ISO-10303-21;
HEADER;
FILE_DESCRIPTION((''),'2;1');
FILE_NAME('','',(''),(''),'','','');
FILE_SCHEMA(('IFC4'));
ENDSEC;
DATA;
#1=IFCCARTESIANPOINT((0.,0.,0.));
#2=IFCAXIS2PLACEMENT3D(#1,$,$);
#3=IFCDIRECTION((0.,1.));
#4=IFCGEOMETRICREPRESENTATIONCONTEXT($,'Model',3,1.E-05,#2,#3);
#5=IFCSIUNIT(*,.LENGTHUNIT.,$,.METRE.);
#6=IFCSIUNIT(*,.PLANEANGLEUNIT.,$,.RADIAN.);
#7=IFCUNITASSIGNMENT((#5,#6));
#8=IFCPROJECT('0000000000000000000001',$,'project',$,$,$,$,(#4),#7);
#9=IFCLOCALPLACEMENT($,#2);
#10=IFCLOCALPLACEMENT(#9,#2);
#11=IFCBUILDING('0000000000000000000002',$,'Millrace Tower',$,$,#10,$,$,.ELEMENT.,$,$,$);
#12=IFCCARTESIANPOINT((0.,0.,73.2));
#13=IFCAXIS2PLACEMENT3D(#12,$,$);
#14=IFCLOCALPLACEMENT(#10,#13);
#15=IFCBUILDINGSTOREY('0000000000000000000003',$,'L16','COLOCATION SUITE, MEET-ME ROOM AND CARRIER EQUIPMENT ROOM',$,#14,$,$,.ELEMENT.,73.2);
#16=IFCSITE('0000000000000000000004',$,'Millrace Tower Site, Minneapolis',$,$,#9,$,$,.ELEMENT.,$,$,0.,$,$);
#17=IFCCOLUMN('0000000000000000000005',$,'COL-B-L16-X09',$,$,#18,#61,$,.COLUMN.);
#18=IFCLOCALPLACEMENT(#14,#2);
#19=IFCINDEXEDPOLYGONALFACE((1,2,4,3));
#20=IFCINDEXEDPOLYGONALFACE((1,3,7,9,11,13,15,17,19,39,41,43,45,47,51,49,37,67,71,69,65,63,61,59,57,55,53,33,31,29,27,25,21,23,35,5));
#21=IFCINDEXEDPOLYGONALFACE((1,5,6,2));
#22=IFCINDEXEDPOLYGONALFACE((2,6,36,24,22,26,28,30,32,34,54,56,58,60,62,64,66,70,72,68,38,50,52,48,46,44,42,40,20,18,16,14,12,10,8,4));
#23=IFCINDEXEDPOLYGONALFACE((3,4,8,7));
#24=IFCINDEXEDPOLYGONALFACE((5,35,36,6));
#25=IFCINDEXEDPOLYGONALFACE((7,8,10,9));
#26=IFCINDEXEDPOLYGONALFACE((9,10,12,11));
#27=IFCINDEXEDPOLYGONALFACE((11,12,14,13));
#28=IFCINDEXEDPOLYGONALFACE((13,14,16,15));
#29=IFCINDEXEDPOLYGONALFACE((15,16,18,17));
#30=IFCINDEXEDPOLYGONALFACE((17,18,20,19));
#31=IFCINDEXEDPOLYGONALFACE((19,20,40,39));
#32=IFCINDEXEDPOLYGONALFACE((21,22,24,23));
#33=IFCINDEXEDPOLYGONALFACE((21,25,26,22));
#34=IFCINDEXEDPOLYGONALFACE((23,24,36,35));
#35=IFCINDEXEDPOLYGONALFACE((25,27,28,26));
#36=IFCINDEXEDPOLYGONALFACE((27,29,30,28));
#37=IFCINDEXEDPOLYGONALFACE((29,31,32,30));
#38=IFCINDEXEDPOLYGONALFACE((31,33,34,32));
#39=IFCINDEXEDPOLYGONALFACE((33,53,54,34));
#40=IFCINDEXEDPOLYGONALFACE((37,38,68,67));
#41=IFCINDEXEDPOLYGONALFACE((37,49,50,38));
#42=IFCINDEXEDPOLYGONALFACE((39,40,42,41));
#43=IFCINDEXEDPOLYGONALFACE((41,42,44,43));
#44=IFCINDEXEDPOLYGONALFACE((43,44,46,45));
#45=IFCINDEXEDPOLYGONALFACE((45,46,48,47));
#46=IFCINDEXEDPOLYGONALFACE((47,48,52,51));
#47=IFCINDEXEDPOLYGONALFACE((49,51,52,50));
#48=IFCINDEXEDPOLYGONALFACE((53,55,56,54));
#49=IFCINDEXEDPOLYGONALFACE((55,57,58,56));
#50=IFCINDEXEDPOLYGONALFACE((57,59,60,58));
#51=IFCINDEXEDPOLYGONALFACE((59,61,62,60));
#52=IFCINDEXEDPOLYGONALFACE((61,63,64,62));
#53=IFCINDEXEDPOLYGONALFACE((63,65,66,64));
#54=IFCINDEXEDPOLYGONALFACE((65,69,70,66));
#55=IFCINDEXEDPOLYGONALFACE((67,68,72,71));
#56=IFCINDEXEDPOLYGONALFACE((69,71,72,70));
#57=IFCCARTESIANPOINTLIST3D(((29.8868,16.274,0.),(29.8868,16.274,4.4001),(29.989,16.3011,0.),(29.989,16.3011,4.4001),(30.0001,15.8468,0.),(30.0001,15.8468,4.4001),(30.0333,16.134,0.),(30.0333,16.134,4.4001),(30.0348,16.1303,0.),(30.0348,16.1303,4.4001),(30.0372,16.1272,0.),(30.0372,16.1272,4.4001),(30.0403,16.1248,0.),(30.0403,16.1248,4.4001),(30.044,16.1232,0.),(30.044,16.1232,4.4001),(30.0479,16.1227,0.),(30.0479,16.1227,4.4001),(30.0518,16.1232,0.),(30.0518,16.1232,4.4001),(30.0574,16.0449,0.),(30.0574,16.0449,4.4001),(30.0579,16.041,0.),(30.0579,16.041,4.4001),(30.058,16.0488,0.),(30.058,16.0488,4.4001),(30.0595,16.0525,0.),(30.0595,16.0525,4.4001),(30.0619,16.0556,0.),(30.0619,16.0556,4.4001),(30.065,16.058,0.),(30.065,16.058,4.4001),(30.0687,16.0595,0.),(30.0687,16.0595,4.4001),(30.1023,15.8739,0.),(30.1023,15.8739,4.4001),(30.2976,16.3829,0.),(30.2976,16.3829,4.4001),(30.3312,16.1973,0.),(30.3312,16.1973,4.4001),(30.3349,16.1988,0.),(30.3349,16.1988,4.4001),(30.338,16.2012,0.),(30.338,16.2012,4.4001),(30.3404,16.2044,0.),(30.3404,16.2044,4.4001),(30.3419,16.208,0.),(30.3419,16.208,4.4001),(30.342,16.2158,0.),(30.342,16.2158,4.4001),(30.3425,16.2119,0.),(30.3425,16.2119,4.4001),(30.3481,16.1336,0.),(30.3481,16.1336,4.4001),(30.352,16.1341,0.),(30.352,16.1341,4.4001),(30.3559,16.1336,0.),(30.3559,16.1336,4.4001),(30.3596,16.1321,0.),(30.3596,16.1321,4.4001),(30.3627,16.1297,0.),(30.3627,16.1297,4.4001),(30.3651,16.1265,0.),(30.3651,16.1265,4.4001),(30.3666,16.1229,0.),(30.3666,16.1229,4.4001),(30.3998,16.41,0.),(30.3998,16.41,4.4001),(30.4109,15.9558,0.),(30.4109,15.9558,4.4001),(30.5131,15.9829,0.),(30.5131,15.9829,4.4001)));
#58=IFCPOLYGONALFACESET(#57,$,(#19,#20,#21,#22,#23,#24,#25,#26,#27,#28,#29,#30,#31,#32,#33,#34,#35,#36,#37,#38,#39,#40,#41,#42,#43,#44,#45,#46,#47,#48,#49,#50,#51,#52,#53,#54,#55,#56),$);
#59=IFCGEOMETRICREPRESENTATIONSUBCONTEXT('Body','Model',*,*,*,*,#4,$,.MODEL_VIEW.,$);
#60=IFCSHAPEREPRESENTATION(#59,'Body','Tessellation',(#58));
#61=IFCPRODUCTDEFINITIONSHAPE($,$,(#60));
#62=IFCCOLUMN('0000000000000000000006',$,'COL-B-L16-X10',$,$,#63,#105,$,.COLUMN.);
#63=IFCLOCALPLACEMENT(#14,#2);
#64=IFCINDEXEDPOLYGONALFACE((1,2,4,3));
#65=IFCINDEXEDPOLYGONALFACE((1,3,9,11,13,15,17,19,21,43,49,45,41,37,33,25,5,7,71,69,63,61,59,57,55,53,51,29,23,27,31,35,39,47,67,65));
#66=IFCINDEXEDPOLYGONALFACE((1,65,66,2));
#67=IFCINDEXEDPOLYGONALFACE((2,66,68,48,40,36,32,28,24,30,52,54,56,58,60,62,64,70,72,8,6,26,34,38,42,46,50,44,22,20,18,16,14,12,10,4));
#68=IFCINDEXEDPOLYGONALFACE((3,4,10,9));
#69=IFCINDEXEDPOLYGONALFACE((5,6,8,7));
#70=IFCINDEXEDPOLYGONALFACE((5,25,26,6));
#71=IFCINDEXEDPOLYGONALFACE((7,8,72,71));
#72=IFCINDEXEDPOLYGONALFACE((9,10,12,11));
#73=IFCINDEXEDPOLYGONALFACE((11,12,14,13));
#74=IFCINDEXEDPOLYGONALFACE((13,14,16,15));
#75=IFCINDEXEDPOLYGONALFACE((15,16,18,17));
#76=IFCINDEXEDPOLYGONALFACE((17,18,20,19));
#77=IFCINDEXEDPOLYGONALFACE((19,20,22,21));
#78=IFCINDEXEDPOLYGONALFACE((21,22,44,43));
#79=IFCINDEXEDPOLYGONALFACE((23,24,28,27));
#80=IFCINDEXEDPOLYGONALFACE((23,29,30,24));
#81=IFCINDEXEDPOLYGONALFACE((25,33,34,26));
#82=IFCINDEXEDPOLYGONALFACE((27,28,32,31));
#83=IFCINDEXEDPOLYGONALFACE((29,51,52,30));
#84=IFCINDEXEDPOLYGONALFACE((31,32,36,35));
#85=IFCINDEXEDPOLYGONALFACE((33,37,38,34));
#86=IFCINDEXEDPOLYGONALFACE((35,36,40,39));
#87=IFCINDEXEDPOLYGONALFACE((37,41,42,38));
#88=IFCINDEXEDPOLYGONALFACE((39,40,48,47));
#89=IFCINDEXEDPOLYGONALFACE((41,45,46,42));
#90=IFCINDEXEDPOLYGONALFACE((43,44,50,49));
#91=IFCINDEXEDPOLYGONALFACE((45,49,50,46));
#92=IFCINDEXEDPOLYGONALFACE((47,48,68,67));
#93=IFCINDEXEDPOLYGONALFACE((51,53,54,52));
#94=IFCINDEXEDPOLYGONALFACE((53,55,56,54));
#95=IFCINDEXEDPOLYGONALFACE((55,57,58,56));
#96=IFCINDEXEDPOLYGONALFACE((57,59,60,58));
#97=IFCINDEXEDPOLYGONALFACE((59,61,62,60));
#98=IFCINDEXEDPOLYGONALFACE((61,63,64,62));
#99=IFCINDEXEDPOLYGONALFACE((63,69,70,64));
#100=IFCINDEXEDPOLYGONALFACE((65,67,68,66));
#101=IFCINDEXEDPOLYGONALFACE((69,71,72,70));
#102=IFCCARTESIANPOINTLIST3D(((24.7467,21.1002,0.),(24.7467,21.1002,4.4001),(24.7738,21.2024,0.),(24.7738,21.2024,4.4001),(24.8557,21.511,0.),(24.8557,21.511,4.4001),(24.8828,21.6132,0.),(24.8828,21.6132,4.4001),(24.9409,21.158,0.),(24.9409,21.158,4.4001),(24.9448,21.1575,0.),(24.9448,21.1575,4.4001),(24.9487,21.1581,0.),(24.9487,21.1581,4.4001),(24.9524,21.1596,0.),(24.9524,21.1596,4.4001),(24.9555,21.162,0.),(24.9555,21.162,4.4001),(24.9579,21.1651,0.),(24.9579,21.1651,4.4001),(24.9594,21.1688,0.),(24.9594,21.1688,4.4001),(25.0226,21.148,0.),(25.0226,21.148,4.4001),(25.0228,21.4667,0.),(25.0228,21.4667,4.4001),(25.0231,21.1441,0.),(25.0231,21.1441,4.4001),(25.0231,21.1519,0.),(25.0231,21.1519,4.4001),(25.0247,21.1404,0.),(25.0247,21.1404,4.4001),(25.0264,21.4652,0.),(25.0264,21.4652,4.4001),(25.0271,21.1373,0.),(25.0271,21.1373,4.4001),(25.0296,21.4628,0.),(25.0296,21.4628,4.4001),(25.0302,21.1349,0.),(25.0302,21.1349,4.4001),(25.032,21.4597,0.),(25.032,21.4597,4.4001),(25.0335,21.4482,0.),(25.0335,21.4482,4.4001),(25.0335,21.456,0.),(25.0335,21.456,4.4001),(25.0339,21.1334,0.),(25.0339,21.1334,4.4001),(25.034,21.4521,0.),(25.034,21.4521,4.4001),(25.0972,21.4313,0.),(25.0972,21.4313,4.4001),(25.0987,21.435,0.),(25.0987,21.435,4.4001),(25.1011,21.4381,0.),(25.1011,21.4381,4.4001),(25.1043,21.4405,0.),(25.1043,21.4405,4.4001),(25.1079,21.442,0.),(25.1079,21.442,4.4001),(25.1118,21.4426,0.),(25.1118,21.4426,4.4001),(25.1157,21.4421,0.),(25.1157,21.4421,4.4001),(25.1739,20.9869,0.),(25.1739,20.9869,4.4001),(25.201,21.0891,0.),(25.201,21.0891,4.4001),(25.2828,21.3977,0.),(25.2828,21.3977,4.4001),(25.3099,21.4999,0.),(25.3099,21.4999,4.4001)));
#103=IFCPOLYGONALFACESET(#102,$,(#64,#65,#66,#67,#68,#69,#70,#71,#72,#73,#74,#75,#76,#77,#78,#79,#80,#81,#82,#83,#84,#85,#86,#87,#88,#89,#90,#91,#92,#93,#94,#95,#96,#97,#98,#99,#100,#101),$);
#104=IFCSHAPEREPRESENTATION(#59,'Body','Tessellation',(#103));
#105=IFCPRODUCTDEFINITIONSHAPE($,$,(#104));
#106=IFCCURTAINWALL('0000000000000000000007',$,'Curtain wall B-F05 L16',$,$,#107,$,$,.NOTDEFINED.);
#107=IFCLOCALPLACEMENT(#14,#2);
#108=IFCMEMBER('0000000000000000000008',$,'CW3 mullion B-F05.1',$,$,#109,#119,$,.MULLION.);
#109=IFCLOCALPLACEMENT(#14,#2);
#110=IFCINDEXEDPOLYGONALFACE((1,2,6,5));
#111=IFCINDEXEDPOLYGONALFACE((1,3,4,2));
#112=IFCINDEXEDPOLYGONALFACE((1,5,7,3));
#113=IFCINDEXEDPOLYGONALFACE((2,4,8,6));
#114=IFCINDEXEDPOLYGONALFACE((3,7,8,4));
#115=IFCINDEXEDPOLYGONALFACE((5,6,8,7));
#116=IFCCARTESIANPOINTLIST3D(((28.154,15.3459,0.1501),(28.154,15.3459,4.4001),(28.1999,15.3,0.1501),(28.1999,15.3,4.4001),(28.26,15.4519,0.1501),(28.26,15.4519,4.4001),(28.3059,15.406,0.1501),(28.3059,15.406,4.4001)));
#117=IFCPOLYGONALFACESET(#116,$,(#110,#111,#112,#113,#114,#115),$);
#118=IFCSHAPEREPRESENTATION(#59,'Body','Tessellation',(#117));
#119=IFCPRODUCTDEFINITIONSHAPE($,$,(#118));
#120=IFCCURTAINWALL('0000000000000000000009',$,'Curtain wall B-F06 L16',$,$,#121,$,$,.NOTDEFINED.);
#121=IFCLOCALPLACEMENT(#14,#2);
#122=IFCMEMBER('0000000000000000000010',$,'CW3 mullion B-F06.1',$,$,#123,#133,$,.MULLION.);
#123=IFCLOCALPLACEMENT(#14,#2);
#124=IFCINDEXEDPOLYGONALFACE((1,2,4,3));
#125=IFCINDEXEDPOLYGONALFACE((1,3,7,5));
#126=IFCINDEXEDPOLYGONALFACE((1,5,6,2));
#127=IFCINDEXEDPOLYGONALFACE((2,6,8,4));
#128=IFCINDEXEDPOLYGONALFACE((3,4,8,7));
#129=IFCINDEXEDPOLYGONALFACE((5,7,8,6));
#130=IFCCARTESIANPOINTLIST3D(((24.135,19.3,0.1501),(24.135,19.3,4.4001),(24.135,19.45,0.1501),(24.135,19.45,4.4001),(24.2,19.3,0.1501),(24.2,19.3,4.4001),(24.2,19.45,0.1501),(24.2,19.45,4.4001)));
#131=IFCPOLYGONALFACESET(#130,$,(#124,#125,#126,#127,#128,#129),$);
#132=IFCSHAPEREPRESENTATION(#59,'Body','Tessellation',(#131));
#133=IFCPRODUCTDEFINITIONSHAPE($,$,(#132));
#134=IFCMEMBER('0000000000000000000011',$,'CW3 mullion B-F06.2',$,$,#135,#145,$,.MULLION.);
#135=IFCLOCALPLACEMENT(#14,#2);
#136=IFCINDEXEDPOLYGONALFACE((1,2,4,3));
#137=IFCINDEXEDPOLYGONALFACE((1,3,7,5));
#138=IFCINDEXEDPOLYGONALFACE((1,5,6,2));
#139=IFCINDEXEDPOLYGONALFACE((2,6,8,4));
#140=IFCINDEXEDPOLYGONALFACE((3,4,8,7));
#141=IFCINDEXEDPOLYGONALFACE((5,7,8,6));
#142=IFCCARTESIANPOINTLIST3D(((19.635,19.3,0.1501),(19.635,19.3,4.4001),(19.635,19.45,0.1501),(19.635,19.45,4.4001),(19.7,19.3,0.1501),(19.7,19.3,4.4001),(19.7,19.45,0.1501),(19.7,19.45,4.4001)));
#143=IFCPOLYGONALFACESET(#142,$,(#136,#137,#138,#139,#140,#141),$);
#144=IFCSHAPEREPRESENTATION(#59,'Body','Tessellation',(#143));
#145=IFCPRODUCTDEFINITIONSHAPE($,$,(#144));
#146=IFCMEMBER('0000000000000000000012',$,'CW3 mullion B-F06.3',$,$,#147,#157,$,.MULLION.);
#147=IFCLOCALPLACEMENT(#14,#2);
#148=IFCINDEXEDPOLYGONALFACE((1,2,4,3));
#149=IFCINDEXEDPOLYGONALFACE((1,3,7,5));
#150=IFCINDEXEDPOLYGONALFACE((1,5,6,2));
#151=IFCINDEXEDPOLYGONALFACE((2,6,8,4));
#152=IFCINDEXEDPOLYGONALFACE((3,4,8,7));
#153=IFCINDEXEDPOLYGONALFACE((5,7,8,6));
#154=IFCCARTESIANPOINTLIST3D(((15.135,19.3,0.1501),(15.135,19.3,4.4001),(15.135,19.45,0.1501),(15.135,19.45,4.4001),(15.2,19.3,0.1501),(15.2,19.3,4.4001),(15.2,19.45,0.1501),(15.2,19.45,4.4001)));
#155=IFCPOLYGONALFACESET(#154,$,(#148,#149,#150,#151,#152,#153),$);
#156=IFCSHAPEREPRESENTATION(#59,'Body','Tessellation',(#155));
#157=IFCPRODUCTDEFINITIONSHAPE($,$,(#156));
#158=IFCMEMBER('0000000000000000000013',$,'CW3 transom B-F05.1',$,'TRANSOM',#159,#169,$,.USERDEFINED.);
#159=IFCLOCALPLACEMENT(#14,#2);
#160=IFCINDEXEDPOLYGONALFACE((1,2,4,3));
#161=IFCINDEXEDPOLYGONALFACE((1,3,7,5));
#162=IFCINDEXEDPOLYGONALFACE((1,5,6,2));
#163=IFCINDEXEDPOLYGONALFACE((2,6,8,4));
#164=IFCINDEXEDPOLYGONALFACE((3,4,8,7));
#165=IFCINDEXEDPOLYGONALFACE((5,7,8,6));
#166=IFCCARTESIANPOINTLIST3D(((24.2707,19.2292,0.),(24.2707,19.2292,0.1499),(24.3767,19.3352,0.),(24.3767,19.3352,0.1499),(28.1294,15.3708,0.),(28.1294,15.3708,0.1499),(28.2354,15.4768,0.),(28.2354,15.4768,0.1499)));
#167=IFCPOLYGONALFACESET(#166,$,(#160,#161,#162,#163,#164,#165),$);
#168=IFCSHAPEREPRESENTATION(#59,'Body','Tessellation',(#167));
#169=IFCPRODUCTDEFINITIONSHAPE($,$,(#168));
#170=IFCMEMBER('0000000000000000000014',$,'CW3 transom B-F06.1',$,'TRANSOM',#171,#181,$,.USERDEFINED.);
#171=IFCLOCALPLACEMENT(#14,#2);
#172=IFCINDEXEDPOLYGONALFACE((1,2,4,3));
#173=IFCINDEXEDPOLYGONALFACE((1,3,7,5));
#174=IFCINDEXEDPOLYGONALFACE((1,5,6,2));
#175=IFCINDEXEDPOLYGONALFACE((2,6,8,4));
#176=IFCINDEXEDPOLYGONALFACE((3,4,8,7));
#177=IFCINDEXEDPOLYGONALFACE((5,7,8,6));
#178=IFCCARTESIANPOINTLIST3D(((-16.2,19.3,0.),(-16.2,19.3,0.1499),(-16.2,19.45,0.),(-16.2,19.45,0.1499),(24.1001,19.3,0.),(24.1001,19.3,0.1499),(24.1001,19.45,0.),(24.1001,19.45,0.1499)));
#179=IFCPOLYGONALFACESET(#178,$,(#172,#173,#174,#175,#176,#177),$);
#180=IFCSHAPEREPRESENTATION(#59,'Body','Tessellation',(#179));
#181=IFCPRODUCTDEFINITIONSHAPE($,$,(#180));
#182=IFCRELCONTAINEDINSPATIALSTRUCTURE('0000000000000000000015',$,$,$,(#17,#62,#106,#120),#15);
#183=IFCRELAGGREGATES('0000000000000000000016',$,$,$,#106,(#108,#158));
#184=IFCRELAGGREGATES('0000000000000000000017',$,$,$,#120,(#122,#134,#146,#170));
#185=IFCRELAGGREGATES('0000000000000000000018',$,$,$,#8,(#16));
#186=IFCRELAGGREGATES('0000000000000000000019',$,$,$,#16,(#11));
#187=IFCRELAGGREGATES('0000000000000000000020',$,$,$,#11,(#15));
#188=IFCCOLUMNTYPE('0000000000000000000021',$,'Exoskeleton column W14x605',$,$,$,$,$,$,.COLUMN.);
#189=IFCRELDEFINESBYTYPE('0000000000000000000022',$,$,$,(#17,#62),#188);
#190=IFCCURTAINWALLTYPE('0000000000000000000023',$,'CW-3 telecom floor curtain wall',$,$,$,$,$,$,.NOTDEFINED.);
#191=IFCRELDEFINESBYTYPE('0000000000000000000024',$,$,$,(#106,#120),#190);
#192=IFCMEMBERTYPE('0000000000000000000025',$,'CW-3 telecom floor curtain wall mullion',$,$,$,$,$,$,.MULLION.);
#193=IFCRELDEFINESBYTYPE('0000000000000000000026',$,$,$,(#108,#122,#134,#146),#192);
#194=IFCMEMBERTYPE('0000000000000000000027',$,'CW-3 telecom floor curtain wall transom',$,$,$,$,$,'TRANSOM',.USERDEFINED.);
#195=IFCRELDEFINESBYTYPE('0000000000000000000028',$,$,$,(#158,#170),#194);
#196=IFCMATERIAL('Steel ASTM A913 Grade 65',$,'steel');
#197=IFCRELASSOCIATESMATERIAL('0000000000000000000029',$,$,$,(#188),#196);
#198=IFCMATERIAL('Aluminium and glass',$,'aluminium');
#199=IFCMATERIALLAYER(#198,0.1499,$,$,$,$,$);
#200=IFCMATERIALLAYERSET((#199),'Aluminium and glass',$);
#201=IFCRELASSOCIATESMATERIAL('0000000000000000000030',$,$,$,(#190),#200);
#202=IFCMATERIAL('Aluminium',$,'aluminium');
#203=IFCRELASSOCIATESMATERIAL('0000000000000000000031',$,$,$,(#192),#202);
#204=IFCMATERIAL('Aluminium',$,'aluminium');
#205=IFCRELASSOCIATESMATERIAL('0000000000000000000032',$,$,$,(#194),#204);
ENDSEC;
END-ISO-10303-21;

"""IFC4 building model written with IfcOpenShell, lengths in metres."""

from ifc_helpers import new_model, si_unit, direction, frame, origin, origin_2d, place, context, subcontext, project, spatial, rectangle, i_section, extrude, material, layer, layer_set, material_profile, profile_set, type_object, element, aggregate, save


model = new_model("IFC4")

# Units and contexts
model_context = context("Model", 3, precision=1e-05, world=origin(), true_north=direction((0.0, 1.0)))
body_context = subcontext(model_context, "Body", "Model", "MODEL_VIEW")
ifc_project = project(units=[si_unit("LENGTHUNIT", "METRE"), si_unit("PLANEANGLEUNIT", "RADIAN")], contexts=[model_context])

# Site, building, storey
site_placement = place(None, origin())
site = spatial("IfcSite", under=ifc_project, at=site_placement, Name="Millrace Tower Site, Minneapolis", CompositionType="ELEMENT", RefElevation=0.0)
building_placement = place(site_placement, origin())
building = spatial("IfcBuilding", under=site, at=building_placement, Name="Millrace Tower", CompositionType="ELEMENT")
storey_placement = place(building_placement, frame((0.0, 0.0, 73.2)))
storey = spatial("IfcBuildingStorey", under=building, at=storey_placement, Name="L16", Description="COLOCATION SUITE, MEET-ME ROOM AND CARRIER EQUIPMENT ROOM", CompositionType="ELEMENT", Elevation=73.2)

# Columns
ifc_material_1 = material(Name="Steel ASTM A913 Grade 65", Category="steel")
ifc_material_profile_1 = material_profile(ifc_material_1, i_section(OverallWidth=0.4419, OverallDepth=0.5308, WebThickness=0.0659, FlangeThickness=0.1057, FilletRadius=0.0151, at=origin_2d()))
ifc_profile_set_1 = profile_set([ifc_material_profile_1], Name="Steel ASTM A913 Grade 65")
column_type = type_object("IfcColumnType", Name="Exoskeleton column W14x605", PredefinedType="COLUMN", material=ifc_profile_set_1)
for number, where, z_axis, x_axis, name in (
    (1, (30.2, 16.1284, 0.0), (0.0, 0.0, 1.0), (-0.256347, 0.966585, 0.0), "COL-B-L16-X09"),
    (2, (25.0283, 21.3, 0.0), (0.0, 0.0, 1.0), (-0.966585, 0.256347, 0.0), "COL-B-L16-X10"),
):
    element("IfcColumn", number, at=place(storey_placement, frame(where, z_axis=z_axis, x_axis=x_axis)), inside=storey, type_object=column_type, Name=name, PredefinedType="COLUMN", context=body_context, shape_type="SweptSolid", body=[
        extrude(i_section(OverallWidth=0.4419, OverallDepth=0.5308, WebThickness=0.0659, FlangeThickness=0.1057, FilletRadius=0.0151, at=origin_2d()), origin(), (0.0, 0.0, 1.0), 4.4001),
    ])

# Curtain wall, member
ifc_material_2 = material(Name="Aluminium and glass", Category="aluminium")
ifc_layer_1 = layer(ifc_material_2, 0.1499)
ifc_layer_set_1 = layer_set([ifc_layer_1], Name="Aluminium and glass")
curtain_wall_type = type_object("IfcCurtainWallType", Name="CW-3 telecom floor curtain wall", PredefinedType="NOTDEFINED", material=ifc_layer_set_1)
placement = place(storey_placement, origin())
curtain_wall_1 = element("IfcCurtainWall", 3, at=placement, inside=storey, type_object=curtain_wall_type, Name="Curtain wall B-F05 L16", PredefinedType="NOTDEFINED")
ifc_material_3 = material(Name="Aluminium", Category="aluminium")
ifc_material_profile_2 = material_profile(ifc_material_3, rectangle(XDim=0.0649, YDim=0.1499, at=origin_2d()))
ifc_profile_set_2 = profile_set([ifc_material_profile_2], Name="Aluminium")
member_type_1 = type_object("IfcMemberType", Name="CW-3 telecom floor curtain wall mullion", PredefinedType="MULLION", material=ifc_profile_set_2)
member_1_placement = place(storey_placement, frame((28.23, 15.376, 0.1501), z_axis=(0.0, 0.0, 1.0), x_axis=(-0.707107, 0.707107, 0.0)))
member_1 = element("IfcMember", 4, at=member_1_placement, type_object=member_type_1, Name="CW3 mullion B-F05.1", PredefinedType="MULLION", context=body_context, shape_type="SweptSolid", body=[
    extrude(rectangle(XDim=0.0649, YDim=0.1499, at=origin_2d()), origin(), (0.0, 0.0, 1.0), 4.25),
])

# Curtain wall, members
curtain_wall_2 = element("IfcCurtainWall", 5, at=placement, inside=storey, type_object=curtain_wall_type, Name="Curtain wall B-F06 L16", PredefinedType="NOTDEFINED")
member_2_placement = place(storey_placement, frame((24.1675, 19.375, 0.1501), z_axis=(0.0, 0.0, 1.0), x_axis=(-1.0, 0.0, 0.0)))
member_2 = element("IfcMember", 6, at=member_2_placement, type_object=member_type_1, Name="CW3 mullion B-F06.1", PredefinedType="MULLION", context=body_context, shape_type="SweptSolid", body=[
    extrude(rectangle(XDim=0.0649, YDim=0.1499, at=origin_2d()), origin(), (0.0, 0.0, 1.0), 4.25),
])
member_3_placement = place(storey_placement, frame((19.6675, 19.375, 0.1501), z_axis=(0.0, 0.0, 1.0), x_axis=(-1.0, 0.0, 0.0)))
member_3 = element("IfcMember", 7, at=member_3_placement, type_object=member_type_1, Name="CW3 mullion B-F06.2", PredefinedType="MULLION", context=body_context, shape_type="SweptSolid", body=[
    extrude(rectangle(XDim=0.0649, YDim=0.1499, at=origin_2d()), origin(), (0.0, 0.0, 1.0), 4.25),
])
member_4_placement = place(storey_placement, frame((15.1675, 19.375, 0.1501), z_axis=(0.0, 0.0, 1.0), x_axis=(-1.0, 0.0, 0.0)))
member_4 = element("IfcMember", 8, at=member_4_placement, type_object=member_type_1, Name="CW3 mullion B-F06.3", PredefinedType="MULLION", context=body_context, shape_type="SweptSolid", body=[
    extrude(rectangle(XDim=0.0649, YDim=0.1499, at=origin_2d()), origin(), (0.0, 0.0, 1.0), 4.25),
])

# Members
ifc_material_4 = material(Name="Aluminium", Category="aluminium")
ifc_material_profile_3 = material_profile(ifc_material_4, rectangle(XDim=0.1499, YDim=0.1499, at=origin_2d()))
ifc_profile_set_3 = profile_set([ifc_material_profile_3], Name="Aluminium")
member_type_2 = type_object("IfcMemberType", Name="CW-3 telecom floor curtain wall transom", ElementType="TRANSOM", PredefinedType="USERDEFINED", material=ifc_profile_set_3)
member_5_placement = place(storey_placement, frame((28.1824, 15.4238, 0.075), z_axis=(-0.707129, 0.707084, 0.0), x_axis=(-0.707084, -0.707129, 0.0)))
member_5 = element("IfcMember", 9, at=member_5_placement, type_object=member_type_2, Name="CW3 transom B-F05.1", ObjectType="TRANSOM", PredefinedType="USERDEFINED", context=body_context, shape_type="SweptSolid", body=[
    extrude(rectangle(XDim=0.1499, YDim=0.1499, at=origin_2d()), origin(), (0.0, 0.0, 1.0), 5.4568),
])
aggregate(curtain_wall_1, [member_1, member_5])
member_6_placement = place(storey_placement, frame((24.1001, 19.375, 0.075), z_axis=(-1.0, 0.0, 0.0), x_axis=(0.0, -1.0, 0.0)))
member_6 = element("IfcMember", 10, at=member_6_placement, type_object=member_type_2, Name="CW3 transom B-F06.1", ObjectType="TRANSOM", PredefinedType="USERDEFINED", context=body_context, shape_type="SweptSolid", body=[
    extrude(rectangle(XDim=0.1499, YDim=0.1499, at=origin_2d()), origin(), (0.0, 0.0, 1.0), 40.3),
])
aggregate(curtain_wall_2, [member_2, member_3, member_4, member_6])

save(model, "model.ifc")
